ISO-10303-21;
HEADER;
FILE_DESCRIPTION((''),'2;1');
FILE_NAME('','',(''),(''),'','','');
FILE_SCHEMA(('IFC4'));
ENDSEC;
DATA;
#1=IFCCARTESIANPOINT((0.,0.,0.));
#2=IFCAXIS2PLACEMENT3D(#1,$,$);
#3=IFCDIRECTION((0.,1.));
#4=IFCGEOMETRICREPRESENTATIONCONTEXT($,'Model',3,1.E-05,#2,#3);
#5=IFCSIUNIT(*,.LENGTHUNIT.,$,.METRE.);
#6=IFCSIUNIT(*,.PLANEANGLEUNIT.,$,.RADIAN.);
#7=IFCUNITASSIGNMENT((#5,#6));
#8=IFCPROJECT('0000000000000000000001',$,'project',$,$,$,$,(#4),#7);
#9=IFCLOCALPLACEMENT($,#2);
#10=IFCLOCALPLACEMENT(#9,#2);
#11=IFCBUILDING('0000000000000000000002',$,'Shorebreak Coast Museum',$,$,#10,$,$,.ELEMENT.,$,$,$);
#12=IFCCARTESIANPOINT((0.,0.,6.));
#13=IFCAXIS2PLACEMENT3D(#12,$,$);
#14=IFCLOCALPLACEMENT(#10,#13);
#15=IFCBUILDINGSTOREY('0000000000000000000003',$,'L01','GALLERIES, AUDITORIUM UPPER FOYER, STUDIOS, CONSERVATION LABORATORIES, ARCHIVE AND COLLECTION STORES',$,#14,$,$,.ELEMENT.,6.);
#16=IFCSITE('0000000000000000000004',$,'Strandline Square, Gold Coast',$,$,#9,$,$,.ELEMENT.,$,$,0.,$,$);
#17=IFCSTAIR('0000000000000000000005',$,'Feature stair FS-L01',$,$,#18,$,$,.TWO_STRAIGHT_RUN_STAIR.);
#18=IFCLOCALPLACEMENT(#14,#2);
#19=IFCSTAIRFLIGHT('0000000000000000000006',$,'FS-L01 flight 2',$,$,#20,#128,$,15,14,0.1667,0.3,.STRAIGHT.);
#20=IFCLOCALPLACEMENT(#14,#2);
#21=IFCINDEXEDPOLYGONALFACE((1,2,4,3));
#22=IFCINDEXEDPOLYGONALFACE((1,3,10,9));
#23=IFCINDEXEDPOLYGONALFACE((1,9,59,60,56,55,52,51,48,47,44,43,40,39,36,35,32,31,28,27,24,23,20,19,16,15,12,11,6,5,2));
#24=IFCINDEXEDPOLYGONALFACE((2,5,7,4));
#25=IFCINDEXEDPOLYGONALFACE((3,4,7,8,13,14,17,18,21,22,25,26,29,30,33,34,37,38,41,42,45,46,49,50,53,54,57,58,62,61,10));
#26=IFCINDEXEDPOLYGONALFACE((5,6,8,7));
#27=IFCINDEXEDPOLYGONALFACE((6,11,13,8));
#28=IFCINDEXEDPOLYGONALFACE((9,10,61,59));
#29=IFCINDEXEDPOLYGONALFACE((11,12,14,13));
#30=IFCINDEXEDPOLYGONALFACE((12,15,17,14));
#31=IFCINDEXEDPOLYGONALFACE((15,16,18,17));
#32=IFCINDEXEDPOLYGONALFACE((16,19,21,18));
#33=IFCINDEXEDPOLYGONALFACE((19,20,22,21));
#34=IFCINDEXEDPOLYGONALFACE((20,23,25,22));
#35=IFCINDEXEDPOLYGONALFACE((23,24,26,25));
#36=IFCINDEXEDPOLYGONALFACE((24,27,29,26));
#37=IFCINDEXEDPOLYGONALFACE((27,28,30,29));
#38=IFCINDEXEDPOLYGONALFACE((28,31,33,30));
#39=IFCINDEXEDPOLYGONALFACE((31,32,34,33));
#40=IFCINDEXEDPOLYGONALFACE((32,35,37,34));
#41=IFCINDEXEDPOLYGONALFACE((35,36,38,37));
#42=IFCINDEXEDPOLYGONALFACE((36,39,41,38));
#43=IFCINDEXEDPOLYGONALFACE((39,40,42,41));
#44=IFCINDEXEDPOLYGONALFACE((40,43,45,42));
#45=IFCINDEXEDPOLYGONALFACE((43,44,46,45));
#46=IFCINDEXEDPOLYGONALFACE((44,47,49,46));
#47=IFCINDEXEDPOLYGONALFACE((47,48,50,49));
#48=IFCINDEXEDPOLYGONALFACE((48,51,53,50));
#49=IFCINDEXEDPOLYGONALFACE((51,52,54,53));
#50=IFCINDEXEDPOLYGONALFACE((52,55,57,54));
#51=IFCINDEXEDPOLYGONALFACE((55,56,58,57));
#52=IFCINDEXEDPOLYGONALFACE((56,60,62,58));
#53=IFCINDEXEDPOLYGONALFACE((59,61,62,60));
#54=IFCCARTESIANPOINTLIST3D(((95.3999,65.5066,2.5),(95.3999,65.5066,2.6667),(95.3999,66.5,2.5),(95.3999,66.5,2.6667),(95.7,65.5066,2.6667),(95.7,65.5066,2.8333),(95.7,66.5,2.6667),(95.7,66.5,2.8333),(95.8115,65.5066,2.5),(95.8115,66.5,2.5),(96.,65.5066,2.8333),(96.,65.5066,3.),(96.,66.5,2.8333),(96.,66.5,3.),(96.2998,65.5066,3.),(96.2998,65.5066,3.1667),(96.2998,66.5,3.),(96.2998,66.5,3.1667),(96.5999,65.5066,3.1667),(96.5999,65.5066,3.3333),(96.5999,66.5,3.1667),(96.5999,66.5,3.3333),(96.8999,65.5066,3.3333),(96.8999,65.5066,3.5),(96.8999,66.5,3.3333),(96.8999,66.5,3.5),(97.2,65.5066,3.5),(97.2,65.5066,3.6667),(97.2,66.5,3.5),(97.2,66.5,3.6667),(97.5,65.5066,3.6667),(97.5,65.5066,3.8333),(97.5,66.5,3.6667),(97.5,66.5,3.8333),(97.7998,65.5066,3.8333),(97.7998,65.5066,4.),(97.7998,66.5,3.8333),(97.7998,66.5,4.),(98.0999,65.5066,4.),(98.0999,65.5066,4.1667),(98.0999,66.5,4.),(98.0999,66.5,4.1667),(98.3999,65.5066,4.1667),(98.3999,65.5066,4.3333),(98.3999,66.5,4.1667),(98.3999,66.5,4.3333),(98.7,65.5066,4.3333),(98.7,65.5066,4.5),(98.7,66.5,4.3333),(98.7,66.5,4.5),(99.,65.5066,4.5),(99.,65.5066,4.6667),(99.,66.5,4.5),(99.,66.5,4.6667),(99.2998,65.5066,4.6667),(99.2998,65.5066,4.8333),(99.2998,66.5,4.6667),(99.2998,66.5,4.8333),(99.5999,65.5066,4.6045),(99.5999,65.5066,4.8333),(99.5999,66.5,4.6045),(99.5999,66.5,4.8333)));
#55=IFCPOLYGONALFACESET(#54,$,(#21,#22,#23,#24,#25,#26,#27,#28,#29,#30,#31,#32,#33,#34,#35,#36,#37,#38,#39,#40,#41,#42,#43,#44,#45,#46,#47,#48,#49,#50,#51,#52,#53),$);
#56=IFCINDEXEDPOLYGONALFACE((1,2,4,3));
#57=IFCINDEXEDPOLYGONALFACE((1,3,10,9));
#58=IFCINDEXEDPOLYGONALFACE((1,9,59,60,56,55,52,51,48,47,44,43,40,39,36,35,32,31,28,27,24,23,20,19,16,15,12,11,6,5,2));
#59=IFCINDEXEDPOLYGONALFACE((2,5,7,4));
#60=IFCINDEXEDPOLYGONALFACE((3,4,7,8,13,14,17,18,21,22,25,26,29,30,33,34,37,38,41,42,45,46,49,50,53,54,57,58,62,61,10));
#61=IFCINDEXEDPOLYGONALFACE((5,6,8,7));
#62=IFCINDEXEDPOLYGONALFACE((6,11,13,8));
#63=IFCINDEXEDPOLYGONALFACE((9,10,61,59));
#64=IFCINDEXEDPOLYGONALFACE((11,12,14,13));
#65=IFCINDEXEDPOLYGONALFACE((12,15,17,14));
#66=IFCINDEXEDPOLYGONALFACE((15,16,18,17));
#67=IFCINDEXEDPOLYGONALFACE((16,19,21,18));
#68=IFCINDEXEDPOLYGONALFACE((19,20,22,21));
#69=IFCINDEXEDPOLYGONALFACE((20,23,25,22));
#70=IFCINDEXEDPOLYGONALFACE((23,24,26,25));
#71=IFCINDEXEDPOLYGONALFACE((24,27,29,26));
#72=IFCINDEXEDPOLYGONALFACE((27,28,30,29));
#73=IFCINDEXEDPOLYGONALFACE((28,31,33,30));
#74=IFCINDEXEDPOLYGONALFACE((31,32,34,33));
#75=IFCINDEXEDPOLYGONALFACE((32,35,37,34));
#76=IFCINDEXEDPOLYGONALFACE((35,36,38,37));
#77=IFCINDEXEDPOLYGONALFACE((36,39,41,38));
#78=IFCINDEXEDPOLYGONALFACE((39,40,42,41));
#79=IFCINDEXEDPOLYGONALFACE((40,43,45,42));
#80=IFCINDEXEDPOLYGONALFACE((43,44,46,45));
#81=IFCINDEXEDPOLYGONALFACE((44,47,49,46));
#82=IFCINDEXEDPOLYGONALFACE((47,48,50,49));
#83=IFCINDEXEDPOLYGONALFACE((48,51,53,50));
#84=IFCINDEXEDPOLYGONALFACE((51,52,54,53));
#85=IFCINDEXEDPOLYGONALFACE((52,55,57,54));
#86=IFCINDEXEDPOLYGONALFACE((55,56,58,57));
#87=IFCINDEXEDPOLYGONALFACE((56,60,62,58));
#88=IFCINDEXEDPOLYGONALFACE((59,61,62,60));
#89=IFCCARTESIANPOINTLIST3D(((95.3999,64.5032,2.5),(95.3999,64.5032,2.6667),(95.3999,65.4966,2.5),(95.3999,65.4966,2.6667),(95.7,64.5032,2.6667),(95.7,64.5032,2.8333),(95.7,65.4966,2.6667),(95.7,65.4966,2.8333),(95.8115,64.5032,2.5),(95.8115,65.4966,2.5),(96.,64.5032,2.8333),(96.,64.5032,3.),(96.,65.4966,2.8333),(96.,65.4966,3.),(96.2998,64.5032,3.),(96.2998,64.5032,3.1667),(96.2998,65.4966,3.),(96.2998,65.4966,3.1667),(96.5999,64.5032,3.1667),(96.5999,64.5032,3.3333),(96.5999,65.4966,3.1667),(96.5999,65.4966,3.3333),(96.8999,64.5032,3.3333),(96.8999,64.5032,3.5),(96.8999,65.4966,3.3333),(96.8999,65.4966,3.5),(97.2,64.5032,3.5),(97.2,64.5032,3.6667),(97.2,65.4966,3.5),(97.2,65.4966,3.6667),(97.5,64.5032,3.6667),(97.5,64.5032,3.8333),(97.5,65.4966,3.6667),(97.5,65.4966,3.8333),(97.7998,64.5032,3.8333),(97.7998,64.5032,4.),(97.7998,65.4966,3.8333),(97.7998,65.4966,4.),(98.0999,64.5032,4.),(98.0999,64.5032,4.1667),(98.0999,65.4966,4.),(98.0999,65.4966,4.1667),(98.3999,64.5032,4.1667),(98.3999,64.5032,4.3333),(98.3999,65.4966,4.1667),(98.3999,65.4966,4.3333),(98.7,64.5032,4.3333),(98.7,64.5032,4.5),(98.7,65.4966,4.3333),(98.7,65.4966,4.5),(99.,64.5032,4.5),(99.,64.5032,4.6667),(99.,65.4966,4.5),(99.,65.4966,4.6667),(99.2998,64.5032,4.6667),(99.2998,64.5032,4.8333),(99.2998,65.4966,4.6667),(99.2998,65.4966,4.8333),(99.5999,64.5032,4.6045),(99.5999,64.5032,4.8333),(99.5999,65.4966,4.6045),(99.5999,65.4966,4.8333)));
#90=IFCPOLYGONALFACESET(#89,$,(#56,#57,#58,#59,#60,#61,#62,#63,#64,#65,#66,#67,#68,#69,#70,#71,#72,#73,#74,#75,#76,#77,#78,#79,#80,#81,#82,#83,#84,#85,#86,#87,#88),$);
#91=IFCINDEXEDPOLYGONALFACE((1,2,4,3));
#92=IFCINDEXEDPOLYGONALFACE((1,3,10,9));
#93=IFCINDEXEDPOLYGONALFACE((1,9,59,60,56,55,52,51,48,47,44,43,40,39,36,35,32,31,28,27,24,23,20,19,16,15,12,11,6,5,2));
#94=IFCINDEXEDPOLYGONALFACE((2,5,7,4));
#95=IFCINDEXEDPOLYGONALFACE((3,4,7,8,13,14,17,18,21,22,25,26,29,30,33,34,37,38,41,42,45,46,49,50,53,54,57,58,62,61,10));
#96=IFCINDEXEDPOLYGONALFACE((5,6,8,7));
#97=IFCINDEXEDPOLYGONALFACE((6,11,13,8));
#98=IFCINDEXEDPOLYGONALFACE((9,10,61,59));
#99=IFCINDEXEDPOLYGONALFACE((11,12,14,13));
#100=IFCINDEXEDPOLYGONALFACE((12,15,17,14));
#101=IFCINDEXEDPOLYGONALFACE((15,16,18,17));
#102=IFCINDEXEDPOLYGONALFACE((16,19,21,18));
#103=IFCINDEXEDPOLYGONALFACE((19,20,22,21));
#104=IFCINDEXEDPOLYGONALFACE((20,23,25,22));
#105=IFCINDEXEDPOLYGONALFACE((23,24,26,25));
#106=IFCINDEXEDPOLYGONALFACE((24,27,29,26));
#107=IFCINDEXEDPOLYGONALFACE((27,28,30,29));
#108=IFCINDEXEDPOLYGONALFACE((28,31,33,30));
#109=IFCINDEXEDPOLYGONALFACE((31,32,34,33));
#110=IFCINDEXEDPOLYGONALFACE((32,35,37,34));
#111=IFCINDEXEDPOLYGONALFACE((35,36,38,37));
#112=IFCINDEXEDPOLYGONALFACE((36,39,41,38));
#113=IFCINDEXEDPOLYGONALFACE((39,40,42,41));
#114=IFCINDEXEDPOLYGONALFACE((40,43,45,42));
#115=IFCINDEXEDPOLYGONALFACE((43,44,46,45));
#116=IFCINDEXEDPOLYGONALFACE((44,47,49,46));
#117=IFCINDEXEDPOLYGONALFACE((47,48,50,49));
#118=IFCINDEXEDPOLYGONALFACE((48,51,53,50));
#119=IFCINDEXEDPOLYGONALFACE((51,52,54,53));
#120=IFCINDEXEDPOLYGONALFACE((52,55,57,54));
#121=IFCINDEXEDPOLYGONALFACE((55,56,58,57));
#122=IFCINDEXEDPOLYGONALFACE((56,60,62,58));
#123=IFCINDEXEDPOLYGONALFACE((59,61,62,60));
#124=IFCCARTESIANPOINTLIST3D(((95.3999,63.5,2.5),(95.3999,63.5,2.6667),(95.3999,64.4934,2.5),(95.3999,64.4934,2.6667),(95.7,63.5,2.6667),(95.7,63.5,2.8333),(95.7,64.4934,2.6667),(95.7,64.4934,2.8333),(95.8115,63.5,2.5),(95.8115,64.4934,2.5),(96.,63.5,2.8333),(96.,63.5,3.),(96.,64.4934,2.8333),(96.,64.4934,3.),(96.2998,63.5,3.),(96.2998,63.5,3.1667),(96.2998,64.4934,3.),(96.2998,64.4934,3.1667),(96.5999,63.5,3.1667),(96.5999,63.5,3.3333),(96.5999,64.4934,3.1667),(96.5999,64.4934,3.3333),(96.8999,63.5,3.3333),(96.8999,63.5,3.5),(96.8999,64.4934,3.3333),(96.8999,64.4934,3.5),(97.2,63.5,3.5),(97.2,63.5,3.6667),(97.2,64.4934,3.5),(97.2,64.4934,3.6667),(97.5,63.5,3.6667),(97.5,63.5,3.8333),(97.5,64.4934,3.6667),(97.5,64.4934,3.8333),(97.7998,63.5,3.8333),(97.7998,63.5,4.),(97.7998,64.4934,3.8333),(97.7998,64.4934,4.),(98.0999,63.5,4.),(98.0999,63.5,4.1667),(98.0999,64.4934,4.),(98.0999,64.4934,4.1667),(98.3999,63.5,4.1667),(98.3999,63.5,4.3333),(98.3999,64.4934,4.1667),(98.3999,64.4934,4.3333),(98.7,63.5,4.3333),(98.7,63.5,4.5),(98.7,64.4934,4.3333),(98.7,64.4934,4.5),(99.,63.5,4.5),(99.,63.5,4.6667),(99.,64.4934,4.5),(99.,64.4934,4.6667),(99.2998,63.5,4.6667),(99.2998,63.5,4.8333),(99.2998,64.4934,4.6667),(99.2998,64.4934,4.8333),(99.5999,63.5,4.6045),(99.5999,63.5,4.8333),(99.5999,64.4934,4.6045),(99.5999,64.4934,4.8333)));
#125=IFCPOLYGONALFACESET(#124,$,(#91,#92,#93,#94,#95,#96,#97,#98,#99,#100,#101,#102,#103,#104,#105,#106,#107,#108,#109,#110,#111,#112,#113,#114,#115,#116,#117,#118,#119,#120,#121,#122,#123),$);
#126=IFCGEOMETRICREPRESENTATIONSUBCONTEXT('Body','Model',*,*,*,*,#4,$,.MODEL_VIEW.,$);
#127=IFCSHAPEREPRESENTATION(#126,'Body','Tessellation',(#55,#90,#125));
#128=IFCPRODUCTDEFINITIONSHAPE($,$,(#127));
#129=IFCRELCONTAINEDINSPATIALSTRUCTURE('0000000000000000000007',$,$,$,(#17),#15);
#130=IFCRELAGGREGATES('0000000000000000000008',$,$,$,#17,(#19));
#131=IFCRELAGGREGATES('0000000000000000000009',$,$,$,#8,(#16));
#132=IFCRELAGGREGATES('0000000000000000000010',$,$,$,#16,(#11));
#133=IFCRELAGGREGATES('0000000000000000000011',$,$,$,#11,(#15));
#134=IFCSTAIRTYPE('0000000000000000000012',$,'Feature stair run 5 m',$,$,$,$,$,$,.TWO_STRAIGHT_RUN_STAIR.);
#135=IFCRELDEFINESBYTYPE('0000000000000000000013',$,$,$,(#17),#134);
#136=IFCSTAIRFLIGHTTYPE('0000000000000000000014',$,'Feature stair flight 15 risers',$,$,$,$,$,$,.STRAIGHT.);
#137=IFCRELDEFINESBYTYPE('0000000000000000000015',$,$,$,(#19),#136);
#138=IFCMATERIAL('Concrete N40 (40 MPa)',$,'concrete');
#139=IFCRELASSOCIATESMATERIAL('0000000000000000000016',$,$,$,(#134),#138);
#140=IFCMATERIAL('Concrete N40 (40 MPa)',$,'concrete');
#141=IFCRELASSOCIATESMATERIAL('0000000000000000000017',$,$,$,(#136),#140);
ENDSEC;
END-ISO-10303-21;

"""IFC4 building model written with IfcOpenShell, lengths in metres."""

from ifc_helpers import new_model, si_unit, direction, frame, origin, place, context, subcontext, project, spatial, polyline, outline, extrude, material, type_object, element, aggregate, save


model = new_model("IFC4")

# Units and contexts
model_context = context("Model", 3, precision=1e-05, world=origin(), true_north=direction((0.0, 1.0)))
body_context = subcontext(model_context, "Body", "Model", "MODEL_VIEW")
ifc_project = project(units=[si_unit("LENGTHUNIT", "METRE"), si_unit("PLANEANGLEUNIT", "RADIAN")], contexts=[model_context])

# Site, building, storey
site_placement = place(None, origin())
site = spatial("IfcSite", under=ifc_project, at=site_placement, Name="Strandline Square, Gold Coast", CompositionType="ELEMENT", RefElevation=0.0)
building_placement = place(site_placement, origin())
building = spatial("IfcBuilding", under=site, at=building_placement, Name="Shorebreak Coast Museum", CompositionType="ELEMENT")
storey_placement = place(building_placement, frame((0.0, 0.0, 6.0)))
storey = spatial("IfcBuildingStorey", under=building, at=storey_placement, Name="L01", Description="GALLERIES, AUDITORIUM UPPER FOYER, STUDIOS, CONSERVATION LABORATORIES, ARCHIVE AND COLLECTION STORES", CompositionType="ELEMENT", Elevation=6.0)

# Stair, stair flight
ifc_material_1 = material(Name="Concrete N40 (40 MPa)", Category="concrete")
stair_type = type_object("IfcStairType", Name="Feature stair run 5 m", PredefinedType="TWO_STRAIGHT_RUN_STAIR", material=ifc_material_1)
stair_placement = place(storey_placement, origin())
stair = element("IfcStair", 1, at=stair_placement, inside=storey, type_object=stair_type, Name="Feature stair FS-L01", PredefinedType="TWO_STRAIGHT_RUN_STAIR")
ifc_material_2 = material(Name="Concrete N40 (40 MPa)", Category="concrete")
stair_flight_type = type_object("IfcStairFlightType", Name="Feature stair flight 15 risers", PredefinedType="STRAIGHT", material=ifc_material_2)
stair_flight_1_placement = place(storey_placement, frame((95.3999, 65.0, 2.5), z_axis=(0.0, 0.0, 1.0), x_axis=(1.0, 0.0, 0.0)))
stair_flight_1 = element("IfcStairFlight", 2, at=stair_flight_1_placement, type_object=stair_flight_type, Name="FS-L01 flight 2", NumberOfRisers=15, NumberOfTreads=14, PredefinedType="STRAIGHT", RiserHeight=0.1667, TreadLength=0.3, context=body_context, shape_type="SweptSolid", body=[
    extrude(outline(polyline([(0.0, 0.0), (0.0, 0.1667), (0.3, 0.1667), (0.3, 0.3333), (0.6001, 0.3333), (0.6001, 0.5), (0.8999, 0.5), (0.8999, 0.6667), (1.2, 0.6667), (1.2, 0.8333), (1.5, 0.8333), (1.5, 1.0), (1.8, 1.0), (1.8, 1.1667), (2.1001, 1.1667), (2.1001, 1.3333), (2.3999, 1.3333), (2.3999, 1.5), (2.7, 1.5), (2.7, 1.6667), (3.0, 1.6667), (3.0, 1.8333), (3.3, 1.8333), (3.3, 2.0), (3.6001, 2.0), (3.6001, 2.1667), (3.8999, 2.1667), (3.8999, 2.3333), (4.2, 2.3333), (4.2, 2.5), (4.2, 2.1045), (0.4116, 0.0), (0.0, 0.0)])), frame((0.0, 1.5, 0.0), z_axis=(0.0, -1.0, 0.0), x_axis=(1.0, 0.0, 0.0)), (0.0, 0.0, 1.0), 0.9934),
    extrude(outline(polyline([(0.0, 0.0), (0.0, 0.1667), (0.3, 0.1667), (0.3, 0.3333), (0.6001, 0.3333), (0.6001, 0.5), (0.8999, 0.5), (0.8999, 0.6667), (1.2, 0.6667), (1.2, 0.8333), (1.5, 0.8333), (1.5, 1.0), (1.8, 1.0), (1.8, 1.1667), (2.1001, 1.1667), (2.1001, 1.3333), (2.3999, 1.3333), (2.3999, 1.5), (2.7, 1.5), (2.7, 1.6667), (3.0, 1.6667), (3.0, 1.8333), (3.3, 1.8333), (3.3, 2.0), (3.6001, 2.0), (3.6001, 2.1667), (3.8999, 2.1667), (3.8999, 2.3333), (4.2, 2.3333), (4.2, 2.5), (4.2, 2.1045), (0.4116, 0.0), (0.0, 0.0)])), frame((0.0, 0.4966, 0.0), z_axis=(0.0, -1.0, 0.0), x_axis=(1.0, 0.0, 0.0)), (0.0, 0.0, 1.0), 0.9934),
    extrude(outline(polyline([(0.0, 0.0), (0.0, 0.1667), (0.3, 0.1667), (0.3, 0.3333), (0.6001, 0.3333), (0.6001, 0.5), (0.8999, 0.5), (0.8999, 0.6667), (1.2, 0.6667), (1.2, 0.8333), (1.5, 0.8333), (1.5, 1.0), (1.8, 1.0), (1.8, 1.1667), (2.1001, 1.1667), (2.1001, 1.3333), (2.3999, 1.3333), (2.3999, 1.5), (2.7, 1.5), (2.7, 1.6667), (3.0, 1.6667), (3.0, 1.8333), (3.3, 1.8333), (3.3, 2.0), (3.6001, 2.0), (3.6001, 2.1667), (3.8999, 2.1667), (3.8999, 2.3333), (4.2, 2.3333), (4.2, 2.5), (4.2, 2.1045), (0.4116, 0.0), (0.0, 0.0)])), frame((0.0, -0.5066, 0.0), z_axis=(0.0, -1.0, 0.0), x_axis=(1.0, 0.0, 0.0)), (0.0, 0.0, 1.0), 0.9934),
])
aggregate(stair, [stair_flight_1])

save(model, "model.ifc")
